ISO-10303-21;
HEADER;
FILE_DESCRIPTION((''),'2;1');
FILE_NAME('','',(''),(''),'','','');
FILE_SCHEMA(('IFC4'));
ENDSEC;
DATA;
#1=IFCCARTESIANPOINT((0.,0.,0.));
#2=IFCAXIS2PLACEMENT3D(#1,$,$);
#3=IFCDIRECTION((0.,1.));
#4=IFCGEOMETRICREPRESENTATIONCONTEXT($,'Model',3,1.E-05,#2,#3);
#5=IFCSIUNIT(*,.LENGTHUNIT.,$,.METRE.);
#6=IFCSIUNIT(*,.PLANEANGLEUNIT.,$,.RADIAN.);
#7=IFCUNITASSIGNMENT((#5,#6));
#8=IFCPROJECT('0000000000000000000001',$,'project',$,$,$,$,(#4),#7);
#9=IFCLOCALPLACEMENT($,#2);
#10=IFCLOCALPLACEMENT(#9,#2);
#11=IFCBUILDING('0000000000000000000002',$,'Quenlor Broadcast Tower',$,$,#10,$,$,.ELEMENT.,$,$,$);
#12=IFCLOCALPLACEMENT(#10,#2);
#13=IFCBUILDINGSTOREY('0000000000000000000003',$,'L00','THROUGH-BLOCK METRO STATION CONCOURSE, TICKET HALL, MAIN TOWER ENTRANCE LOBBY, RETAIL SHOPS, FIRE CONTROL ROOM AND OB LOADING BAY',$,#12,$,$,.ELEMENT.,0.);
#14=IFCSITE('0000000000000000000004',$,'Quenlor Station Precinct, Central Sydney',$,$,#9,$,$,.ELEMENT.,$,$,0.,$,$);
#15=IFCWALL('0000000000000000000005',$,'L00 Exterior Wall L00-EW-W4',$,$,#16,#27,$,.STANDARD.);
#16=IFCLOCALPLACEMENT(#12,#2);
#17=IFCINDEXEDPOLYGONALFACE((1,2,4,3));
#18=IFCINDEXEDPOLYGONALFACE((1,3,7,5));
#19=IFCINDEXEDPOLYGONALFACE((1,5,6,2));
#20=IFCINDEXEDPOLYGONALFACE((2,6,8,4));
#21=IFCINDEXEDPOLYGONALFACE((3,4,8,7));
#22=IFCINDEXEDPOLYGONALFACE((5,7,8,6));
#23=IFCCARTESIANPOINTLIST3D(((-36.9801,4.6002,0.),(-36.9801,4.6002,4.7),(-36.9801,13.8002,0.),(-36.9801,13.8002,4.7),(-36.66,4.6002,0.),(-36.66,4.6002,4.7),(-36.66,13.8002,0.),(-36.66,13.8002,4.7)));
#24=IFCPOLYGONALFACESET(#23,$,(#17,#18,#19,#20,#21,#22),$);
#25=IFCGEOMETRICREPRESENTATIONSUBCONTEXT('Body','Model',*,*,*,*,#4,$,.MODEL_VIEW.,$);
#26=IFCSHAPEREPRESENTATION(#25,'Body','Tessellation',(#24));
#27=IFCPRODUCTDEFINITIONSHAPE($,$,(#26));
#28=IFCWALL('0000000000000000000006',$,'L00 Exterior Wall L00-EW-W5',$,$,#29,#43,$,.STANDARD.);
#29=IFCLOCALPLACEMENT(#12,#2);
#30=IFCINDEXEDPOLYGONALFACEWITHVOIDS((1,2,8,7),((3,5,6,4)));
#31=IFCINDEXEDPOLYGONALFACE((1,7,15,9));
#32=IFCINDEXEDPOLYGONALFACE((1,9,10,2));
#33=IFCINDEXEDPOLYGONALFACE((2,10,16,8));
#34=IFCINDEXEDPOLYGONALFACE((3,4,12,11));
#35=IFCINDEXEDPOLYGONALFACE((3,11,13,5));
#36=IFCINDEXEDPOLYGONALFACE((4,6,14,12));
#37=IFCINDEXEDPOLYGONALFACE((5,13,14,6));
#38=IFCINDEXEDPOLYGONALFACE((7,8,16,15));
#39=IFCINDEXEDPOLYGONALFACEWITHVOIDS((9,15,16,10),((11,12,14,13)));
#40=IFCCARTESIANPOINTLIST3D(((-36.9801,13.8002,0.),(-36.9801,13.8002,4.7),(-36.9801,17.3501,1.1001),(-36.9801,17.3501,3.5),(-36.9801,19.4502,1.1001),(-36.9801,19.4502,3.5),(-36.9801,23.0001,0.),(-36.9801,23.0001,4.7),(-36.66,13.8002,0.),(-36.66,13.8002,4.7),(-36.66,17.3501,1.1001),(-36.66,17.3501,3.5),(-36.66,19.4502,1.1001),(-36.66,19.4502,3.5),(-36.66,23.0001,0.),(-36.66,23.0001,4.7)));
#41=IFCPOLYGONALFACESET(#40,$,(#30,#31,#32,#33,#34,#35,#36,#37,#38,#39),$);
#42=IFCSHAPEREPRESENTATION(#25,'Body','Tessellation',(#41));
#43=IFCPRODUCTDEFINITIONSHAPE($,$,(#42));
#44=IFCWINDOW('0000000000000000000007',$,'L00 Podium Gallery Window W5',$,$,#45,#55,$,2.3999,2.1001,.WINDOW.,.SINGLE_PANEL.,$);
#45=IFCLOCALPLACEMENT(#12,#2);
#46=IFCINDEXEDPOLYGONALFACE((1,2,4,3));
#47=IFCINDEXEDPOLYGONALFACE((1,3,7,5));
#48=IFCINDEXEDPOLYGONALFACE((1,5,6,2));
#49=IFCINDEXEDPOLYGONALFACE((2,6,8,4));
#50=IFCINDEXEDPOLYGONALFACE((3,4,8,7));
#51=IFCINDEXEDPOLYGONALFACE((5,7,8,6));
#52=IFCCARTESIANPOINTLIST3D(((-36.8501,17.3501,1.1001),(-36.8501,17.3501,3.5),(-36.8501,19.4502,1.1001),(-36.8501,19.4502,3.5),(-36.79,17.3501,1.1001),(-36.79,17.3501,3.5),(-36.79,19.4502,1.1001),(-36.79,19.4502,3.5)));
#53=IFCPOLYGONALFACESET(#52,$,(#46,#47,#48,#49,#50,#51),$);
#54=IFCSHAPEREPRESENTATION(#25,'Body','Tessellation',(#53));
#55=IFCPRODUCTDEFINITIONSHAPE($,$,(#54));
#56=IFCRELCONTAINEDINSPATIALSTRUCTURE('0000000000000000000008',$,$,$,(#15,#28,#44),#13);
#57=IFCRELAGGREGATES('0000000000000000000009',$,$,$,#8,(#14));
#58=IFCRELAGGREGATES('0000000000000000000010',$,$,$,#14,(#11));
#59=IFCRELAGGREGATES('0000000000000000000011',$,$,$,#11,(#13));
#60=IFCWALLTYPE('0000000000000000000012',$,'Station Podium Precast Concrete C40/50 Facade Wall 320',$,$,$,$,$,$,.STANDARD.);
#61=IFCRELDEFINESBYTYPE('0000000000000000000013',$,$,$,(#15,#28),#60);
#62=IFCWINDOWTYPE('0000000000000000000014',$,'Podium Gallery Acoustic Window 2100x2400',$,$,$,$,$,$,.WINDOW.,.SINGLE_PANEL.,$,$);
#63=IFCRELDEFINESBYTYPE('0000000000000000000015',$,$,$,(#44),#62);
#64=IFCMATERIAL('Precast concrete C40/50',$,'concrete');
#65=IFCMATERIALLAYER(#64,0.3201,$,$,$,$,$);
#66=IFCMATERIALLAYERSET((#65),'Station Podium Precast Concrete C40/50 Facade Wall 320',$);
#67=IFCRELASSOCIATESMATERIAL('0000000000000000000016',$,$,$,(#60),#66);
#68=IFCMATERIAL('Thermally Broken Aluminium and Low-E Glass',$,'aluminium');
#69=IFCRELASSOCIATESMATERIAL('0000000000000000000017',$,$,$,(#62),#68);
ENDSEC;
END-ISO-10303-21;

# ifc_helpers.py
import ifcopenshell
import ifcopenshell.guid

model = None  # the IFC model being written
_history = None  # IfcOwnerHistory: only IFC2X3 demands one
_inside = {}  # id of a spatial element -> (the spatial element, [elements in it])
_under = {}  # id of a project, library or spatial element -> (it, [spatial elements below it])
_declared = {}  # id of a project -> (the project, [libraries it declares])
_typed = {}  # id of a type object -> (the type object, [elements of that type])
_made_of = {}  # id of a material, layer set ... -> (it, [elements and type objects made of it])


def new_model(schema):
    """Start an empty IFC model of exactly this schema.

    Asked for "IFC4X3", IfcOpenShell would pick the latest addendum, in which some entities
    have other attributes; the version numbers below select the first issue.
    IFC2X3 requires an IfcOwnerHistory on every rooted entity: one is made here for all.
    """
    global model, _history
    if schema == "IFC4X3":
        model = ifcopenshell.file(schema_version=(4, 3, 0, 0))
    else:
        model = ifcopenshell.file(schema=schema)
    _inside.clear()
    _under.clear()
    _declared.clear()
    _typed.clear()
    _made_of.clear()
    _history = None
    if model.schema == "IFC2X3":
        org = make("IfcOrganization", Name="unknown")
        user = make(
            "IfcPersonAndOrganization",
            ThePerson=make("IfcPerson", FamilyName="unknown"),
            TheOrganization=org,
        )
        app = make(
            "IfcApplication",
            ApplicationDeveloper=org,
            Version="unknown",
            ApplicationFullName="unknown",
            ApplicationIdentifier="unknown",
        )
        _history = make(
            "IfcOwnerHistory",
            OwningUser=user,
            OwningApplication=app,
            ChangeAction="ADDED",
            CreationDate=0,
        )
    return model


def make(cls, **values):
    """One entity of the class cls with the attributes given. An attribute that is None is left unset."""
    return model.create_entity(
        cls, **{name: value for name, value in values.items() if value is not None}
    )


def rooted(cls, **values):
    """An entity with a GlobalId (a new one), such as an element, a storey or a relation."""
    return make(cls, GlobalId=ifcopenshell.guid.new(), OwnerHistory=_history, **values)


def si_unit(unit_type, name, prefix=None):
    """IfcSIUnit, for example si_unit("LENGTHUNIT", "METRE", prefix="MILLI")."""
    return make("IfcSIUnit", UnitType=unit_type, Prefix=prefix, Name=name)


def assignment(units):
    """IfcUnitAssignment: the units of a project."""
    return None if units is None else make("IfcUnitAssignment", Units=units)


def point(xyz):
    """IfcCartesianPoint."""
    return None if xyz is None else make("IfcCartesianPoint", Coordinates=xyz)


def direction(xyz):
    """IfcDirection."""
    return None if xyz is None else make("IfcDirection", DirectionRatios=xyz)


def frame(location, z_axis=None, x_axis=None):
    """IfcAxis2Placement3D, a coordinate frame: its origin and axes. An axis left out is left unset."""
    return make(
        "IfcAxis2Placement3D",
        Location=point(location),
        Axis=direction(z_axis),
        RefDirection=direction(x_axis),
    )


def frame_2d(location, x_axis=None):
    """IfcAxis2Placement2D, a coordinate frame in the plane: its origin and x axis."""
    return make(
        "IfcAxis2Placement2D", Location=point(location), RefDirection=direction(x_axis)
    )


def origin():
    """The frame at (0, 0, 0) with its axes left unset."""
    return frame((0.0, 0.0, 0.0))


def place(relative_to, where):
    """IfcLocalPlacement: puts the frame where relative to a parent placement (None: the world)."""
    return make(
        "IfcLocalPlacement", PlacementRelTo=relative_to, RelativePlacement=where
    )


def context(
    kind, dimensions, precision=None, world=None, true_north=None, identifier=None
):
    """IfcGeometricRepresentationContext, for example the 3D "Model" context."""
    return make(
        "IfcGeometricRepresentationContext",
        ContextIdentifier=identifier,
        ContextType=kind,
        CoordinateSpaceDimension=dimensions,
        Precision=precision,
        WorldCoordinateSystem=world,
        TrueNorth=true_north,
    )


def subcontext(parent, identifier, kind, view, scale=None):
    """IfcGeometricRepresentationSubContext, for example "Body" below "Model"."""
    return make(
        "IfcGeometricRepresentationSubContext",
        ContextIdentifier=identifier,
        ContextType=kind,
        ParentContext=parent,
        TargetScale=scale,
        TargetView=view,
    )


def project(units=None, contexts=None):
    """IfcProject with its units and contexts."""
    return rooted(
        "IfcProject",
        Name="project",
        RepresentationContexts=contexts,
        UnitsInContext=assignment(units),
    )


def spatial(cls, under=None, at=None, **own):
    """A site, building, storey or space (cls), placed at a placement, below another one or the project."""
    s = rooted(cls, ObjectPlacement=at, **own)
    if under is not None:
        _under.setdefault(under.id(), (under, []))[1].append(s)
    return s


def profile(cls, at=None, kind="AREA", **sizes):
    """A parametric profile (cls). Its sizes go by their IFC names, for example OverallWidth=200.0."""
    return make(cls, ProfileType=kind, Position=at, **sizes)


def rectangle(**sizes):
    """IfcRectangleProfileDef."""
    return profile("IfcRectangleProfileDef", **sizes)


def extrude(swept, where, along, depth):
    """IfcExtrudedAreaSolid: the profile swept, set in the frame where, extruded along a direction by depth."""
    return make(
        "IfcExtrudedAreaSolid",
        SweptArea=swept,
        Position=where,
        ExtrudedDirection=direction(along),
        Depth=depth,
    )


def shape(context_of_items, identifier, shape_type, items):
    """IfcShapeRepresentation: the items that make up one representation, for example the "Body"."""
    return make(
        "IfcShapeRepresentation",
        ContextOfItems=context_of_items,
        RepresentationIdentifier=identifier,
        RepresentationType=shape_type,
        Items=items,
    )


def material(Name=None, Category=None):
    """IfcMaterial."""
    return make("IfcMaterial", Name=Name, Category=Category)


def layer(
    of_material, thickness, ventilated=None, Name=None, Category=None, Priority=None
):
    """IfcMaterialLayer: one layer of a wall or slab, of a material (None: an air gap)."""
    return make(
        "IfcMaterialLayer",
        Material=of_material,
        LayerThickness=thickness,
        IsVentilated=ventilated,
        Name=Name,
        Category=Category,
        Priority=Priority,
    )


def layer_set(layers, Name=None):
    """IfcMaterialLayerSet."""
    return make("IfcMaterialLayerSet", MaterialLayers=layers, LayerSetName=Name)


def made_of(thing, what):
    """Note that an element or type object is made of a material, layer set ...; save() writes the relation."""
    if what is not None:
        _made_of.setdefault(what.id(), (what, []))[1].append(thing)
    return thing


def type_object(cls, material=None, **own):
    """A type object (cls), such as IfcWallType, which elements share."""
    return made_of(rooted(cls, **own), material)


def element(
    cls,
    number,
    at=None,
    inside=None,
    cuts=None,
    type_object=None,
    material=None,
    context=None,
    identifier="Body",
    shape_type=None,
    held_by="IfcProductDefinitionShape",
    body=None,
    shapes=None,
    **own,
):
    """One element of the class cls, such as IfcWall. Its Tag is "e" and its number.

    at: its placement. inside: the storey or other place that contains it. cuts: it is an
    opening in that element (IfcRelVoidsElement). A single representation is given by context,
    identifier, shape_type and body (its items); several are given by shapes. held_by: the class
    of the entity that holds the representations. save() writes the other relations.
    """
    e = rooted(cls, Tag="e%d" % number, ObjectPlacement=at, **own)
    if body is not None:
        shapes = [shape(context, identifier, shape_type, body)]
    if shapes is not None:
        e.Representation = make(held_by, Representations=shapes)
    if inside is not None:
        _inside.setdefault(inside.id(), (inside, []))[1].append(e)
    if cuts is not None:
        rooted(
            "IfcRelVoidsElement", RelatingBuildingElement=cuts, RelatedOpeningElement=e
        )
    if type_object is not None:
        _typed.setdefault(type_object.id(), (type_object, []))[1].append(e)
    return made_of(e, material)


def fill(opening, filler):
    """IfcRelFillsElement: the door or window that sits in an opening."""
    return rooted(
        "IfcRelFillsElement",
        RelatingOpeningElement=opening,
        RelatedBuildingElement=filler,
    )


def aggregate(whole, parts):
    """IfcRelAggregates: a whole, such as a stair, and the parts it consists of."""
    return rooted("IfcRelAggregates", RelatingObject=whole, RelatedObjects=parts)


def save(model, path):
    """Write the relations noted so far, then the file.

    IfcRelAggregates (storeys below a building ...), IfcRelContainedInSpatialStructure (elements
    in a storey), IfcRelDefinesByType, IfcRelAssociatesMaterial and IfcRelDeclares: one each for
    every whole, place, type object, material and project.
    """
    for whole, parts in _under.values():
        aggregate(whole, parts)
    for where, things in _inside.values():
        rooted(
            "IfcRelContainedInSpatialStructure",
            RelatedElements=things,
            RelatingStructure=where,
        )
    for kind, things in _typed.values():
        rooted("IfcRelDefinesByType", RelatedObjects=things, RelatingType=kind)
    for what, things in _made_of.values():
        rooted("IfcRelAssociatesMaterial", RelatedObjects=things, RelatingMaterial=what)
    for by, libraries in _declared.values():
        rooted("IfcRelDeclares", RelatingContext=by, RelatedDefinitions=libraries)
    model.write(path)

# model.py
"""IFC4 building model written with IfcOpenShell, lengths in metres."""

from ifc_helpers import new_model, si_unit, direction, frame, frame_2d, origin, place, context, subcontext, project, spatial, rectangle, extrude, material, layer, layer_set, type_object, element, fill, save


model = new_model("IFC4")

# Units and contexts
model_context = context("Model", 3, precision=1e-05, world=origin(), true_north=direction((0.0, 1.0)))
body_context = subcontext(model_context, "Body", "Model", "MODEL_VIEW")
ifc_project = project(units=[si_unit("LENGTHUNIT", "METRE"), si_unit("PLANEANGLEUNIT", "RADIAN")], contexts=[model_context])

# Site, building, storey
site_placement = place(None, origin())
site = spatial("IfcSite", under=ifc_project, at=site_placement, Name="Quenlor Station Precinct, Central Sydney", CompositionType="ELEMENT", RefElevation=0.0)
building_placement = place(site_placement, origin())
building = spatial("IfcBuilding", under=site, at=building_placement, Name="Quenlor Broadcast Tower", CompositionType="ELEMENT")
storey_placement = place(building_placement, origin())
storey = spatial("IfcBuildingStorey", under=building, at=storey_placement, Name="L00", Description="THROUGH-BLOCK METRO STATION CONCOURSE, TICKET HALL, MAIN TOWER ENTRANCE LOBBY, RETAIL SHOPS, FIRE CONTROL ROOM AND OB LOADING BAY", CompositionType="ELEMENT", Elevation=0.0)

# Wall
ifc_material_1 = material(Name="Precast concrete C40/50", Category="concrete")
ifc_layer_1 = layer(ifc_material_1, 0.3201)
ifc_layer_set_1 = layer_set([ifc_layer_1], Name="Station Podium Precast Concrete C40/50 Facade Wall 320")
wall_type_1 = type_object("IfcWallType", Name="Station Podium Precast Concrete C40/50 Facade Wall 320", PredefinedType="STANDARD", material=ifc_layer_set_1)
wall_1_placement = place(storey_placement, frame((-36.8201, 4.6001, 0.0), z_axis=(0.0, 0.0, 1.0), x_axis=(0.0, 1.0, 0.0)))
element("IfcWall", 1, at=wall_1_placement, inside=storey, type_object=wall_type_1, Name="L00 Exterior Wall L00-EW-W4", PredefinedType="STANDARD", context=body_context, shape_type="SweptSolid", body=[
    extrude(rectangle(XDim=9.2, YDim=0.3201, at=frame_2d((4.6001, 0.0))), origin(), (0.0, 0.0, 1.0), 4.7),
])

# Wall, opening, window
wall_2_placement = place(storey_placement, frame((-36.8201, 13.8, 0.0), z_axis=(0.0, 0.0, 1.0), x_axis=(0.0, 1.0, 0.0)))
wall_2 = element("IfcWall", 2, at=wall_2_placement, inside=storey, type_object=wall_type_1, Name="L00 Exterior Wall L00-EW-W5", PredefinedType="STANDARD", context=body_context, shape_type="SweptSolid", body=[
    extrude(rectangle(XDim=9.2, YDim=0.3201, at=frame_2d((4.6001, 0.0))), origin(), (0.0, 0.0, 1.0), 4.7),
])
opening_placement = place(wall_2_placement, frame((3.55, 0.0, 1.1001)))
opening = element("IfcOpeningElement", 3, at=opening_placement, cuts=wall_2, PredefinedType="OPENING", context=body_context, shape_type="SweptSolid", body=[
    extrude(rectangle(XDim=2.1001, YDim=2.3999, at=frame_2d((1.05, 1.2))), frame((0.0, 0.1699, 0.0), z_axis=(0.0, -1.0, 0.0), x_axis=(1.0, 0.0, 0.0)), (0.0, 0.0, 1.0), 0.3401),
])
ifc_material_2 = material(Name="Thermally Broken Aluminium and Low-E Glass", Category="aluminium")
window_type = type_object("IfcWindowType", Name="Podium Gallery Acoustic Window 2100x2400", PartitioningType="SINGLE_PANEL", PredefinedType="WINDOW", material=ifc_material_2)
window_placement = place(opening_placement, origin())
window = element("IfcWindow", 4, at=window_placement, inside=storey, type_object=window_type, Name="L00 Podium Gallery Window W5", OverallHeight=2.3999, OverallWidth=2.1001, PartitioningType="SINGLE_PANEL", PredefinedType="WINDOW", context=body_context, shape_type="SweptSolid", body=[
    extrude(rectangle(XDim=2.1001, YDim=2.3999, at=frame_2d((1.05, 1.2))), frame((0.0, 0.03, 0.0), z_axis=(0.0, -1.0, 0.0), x_axis=(1.0, 0.0, 0.0)), (0.0, 0.0, 1.0), 0.0601),
])
fill(opening, window)

save(model, "model.ifc")
